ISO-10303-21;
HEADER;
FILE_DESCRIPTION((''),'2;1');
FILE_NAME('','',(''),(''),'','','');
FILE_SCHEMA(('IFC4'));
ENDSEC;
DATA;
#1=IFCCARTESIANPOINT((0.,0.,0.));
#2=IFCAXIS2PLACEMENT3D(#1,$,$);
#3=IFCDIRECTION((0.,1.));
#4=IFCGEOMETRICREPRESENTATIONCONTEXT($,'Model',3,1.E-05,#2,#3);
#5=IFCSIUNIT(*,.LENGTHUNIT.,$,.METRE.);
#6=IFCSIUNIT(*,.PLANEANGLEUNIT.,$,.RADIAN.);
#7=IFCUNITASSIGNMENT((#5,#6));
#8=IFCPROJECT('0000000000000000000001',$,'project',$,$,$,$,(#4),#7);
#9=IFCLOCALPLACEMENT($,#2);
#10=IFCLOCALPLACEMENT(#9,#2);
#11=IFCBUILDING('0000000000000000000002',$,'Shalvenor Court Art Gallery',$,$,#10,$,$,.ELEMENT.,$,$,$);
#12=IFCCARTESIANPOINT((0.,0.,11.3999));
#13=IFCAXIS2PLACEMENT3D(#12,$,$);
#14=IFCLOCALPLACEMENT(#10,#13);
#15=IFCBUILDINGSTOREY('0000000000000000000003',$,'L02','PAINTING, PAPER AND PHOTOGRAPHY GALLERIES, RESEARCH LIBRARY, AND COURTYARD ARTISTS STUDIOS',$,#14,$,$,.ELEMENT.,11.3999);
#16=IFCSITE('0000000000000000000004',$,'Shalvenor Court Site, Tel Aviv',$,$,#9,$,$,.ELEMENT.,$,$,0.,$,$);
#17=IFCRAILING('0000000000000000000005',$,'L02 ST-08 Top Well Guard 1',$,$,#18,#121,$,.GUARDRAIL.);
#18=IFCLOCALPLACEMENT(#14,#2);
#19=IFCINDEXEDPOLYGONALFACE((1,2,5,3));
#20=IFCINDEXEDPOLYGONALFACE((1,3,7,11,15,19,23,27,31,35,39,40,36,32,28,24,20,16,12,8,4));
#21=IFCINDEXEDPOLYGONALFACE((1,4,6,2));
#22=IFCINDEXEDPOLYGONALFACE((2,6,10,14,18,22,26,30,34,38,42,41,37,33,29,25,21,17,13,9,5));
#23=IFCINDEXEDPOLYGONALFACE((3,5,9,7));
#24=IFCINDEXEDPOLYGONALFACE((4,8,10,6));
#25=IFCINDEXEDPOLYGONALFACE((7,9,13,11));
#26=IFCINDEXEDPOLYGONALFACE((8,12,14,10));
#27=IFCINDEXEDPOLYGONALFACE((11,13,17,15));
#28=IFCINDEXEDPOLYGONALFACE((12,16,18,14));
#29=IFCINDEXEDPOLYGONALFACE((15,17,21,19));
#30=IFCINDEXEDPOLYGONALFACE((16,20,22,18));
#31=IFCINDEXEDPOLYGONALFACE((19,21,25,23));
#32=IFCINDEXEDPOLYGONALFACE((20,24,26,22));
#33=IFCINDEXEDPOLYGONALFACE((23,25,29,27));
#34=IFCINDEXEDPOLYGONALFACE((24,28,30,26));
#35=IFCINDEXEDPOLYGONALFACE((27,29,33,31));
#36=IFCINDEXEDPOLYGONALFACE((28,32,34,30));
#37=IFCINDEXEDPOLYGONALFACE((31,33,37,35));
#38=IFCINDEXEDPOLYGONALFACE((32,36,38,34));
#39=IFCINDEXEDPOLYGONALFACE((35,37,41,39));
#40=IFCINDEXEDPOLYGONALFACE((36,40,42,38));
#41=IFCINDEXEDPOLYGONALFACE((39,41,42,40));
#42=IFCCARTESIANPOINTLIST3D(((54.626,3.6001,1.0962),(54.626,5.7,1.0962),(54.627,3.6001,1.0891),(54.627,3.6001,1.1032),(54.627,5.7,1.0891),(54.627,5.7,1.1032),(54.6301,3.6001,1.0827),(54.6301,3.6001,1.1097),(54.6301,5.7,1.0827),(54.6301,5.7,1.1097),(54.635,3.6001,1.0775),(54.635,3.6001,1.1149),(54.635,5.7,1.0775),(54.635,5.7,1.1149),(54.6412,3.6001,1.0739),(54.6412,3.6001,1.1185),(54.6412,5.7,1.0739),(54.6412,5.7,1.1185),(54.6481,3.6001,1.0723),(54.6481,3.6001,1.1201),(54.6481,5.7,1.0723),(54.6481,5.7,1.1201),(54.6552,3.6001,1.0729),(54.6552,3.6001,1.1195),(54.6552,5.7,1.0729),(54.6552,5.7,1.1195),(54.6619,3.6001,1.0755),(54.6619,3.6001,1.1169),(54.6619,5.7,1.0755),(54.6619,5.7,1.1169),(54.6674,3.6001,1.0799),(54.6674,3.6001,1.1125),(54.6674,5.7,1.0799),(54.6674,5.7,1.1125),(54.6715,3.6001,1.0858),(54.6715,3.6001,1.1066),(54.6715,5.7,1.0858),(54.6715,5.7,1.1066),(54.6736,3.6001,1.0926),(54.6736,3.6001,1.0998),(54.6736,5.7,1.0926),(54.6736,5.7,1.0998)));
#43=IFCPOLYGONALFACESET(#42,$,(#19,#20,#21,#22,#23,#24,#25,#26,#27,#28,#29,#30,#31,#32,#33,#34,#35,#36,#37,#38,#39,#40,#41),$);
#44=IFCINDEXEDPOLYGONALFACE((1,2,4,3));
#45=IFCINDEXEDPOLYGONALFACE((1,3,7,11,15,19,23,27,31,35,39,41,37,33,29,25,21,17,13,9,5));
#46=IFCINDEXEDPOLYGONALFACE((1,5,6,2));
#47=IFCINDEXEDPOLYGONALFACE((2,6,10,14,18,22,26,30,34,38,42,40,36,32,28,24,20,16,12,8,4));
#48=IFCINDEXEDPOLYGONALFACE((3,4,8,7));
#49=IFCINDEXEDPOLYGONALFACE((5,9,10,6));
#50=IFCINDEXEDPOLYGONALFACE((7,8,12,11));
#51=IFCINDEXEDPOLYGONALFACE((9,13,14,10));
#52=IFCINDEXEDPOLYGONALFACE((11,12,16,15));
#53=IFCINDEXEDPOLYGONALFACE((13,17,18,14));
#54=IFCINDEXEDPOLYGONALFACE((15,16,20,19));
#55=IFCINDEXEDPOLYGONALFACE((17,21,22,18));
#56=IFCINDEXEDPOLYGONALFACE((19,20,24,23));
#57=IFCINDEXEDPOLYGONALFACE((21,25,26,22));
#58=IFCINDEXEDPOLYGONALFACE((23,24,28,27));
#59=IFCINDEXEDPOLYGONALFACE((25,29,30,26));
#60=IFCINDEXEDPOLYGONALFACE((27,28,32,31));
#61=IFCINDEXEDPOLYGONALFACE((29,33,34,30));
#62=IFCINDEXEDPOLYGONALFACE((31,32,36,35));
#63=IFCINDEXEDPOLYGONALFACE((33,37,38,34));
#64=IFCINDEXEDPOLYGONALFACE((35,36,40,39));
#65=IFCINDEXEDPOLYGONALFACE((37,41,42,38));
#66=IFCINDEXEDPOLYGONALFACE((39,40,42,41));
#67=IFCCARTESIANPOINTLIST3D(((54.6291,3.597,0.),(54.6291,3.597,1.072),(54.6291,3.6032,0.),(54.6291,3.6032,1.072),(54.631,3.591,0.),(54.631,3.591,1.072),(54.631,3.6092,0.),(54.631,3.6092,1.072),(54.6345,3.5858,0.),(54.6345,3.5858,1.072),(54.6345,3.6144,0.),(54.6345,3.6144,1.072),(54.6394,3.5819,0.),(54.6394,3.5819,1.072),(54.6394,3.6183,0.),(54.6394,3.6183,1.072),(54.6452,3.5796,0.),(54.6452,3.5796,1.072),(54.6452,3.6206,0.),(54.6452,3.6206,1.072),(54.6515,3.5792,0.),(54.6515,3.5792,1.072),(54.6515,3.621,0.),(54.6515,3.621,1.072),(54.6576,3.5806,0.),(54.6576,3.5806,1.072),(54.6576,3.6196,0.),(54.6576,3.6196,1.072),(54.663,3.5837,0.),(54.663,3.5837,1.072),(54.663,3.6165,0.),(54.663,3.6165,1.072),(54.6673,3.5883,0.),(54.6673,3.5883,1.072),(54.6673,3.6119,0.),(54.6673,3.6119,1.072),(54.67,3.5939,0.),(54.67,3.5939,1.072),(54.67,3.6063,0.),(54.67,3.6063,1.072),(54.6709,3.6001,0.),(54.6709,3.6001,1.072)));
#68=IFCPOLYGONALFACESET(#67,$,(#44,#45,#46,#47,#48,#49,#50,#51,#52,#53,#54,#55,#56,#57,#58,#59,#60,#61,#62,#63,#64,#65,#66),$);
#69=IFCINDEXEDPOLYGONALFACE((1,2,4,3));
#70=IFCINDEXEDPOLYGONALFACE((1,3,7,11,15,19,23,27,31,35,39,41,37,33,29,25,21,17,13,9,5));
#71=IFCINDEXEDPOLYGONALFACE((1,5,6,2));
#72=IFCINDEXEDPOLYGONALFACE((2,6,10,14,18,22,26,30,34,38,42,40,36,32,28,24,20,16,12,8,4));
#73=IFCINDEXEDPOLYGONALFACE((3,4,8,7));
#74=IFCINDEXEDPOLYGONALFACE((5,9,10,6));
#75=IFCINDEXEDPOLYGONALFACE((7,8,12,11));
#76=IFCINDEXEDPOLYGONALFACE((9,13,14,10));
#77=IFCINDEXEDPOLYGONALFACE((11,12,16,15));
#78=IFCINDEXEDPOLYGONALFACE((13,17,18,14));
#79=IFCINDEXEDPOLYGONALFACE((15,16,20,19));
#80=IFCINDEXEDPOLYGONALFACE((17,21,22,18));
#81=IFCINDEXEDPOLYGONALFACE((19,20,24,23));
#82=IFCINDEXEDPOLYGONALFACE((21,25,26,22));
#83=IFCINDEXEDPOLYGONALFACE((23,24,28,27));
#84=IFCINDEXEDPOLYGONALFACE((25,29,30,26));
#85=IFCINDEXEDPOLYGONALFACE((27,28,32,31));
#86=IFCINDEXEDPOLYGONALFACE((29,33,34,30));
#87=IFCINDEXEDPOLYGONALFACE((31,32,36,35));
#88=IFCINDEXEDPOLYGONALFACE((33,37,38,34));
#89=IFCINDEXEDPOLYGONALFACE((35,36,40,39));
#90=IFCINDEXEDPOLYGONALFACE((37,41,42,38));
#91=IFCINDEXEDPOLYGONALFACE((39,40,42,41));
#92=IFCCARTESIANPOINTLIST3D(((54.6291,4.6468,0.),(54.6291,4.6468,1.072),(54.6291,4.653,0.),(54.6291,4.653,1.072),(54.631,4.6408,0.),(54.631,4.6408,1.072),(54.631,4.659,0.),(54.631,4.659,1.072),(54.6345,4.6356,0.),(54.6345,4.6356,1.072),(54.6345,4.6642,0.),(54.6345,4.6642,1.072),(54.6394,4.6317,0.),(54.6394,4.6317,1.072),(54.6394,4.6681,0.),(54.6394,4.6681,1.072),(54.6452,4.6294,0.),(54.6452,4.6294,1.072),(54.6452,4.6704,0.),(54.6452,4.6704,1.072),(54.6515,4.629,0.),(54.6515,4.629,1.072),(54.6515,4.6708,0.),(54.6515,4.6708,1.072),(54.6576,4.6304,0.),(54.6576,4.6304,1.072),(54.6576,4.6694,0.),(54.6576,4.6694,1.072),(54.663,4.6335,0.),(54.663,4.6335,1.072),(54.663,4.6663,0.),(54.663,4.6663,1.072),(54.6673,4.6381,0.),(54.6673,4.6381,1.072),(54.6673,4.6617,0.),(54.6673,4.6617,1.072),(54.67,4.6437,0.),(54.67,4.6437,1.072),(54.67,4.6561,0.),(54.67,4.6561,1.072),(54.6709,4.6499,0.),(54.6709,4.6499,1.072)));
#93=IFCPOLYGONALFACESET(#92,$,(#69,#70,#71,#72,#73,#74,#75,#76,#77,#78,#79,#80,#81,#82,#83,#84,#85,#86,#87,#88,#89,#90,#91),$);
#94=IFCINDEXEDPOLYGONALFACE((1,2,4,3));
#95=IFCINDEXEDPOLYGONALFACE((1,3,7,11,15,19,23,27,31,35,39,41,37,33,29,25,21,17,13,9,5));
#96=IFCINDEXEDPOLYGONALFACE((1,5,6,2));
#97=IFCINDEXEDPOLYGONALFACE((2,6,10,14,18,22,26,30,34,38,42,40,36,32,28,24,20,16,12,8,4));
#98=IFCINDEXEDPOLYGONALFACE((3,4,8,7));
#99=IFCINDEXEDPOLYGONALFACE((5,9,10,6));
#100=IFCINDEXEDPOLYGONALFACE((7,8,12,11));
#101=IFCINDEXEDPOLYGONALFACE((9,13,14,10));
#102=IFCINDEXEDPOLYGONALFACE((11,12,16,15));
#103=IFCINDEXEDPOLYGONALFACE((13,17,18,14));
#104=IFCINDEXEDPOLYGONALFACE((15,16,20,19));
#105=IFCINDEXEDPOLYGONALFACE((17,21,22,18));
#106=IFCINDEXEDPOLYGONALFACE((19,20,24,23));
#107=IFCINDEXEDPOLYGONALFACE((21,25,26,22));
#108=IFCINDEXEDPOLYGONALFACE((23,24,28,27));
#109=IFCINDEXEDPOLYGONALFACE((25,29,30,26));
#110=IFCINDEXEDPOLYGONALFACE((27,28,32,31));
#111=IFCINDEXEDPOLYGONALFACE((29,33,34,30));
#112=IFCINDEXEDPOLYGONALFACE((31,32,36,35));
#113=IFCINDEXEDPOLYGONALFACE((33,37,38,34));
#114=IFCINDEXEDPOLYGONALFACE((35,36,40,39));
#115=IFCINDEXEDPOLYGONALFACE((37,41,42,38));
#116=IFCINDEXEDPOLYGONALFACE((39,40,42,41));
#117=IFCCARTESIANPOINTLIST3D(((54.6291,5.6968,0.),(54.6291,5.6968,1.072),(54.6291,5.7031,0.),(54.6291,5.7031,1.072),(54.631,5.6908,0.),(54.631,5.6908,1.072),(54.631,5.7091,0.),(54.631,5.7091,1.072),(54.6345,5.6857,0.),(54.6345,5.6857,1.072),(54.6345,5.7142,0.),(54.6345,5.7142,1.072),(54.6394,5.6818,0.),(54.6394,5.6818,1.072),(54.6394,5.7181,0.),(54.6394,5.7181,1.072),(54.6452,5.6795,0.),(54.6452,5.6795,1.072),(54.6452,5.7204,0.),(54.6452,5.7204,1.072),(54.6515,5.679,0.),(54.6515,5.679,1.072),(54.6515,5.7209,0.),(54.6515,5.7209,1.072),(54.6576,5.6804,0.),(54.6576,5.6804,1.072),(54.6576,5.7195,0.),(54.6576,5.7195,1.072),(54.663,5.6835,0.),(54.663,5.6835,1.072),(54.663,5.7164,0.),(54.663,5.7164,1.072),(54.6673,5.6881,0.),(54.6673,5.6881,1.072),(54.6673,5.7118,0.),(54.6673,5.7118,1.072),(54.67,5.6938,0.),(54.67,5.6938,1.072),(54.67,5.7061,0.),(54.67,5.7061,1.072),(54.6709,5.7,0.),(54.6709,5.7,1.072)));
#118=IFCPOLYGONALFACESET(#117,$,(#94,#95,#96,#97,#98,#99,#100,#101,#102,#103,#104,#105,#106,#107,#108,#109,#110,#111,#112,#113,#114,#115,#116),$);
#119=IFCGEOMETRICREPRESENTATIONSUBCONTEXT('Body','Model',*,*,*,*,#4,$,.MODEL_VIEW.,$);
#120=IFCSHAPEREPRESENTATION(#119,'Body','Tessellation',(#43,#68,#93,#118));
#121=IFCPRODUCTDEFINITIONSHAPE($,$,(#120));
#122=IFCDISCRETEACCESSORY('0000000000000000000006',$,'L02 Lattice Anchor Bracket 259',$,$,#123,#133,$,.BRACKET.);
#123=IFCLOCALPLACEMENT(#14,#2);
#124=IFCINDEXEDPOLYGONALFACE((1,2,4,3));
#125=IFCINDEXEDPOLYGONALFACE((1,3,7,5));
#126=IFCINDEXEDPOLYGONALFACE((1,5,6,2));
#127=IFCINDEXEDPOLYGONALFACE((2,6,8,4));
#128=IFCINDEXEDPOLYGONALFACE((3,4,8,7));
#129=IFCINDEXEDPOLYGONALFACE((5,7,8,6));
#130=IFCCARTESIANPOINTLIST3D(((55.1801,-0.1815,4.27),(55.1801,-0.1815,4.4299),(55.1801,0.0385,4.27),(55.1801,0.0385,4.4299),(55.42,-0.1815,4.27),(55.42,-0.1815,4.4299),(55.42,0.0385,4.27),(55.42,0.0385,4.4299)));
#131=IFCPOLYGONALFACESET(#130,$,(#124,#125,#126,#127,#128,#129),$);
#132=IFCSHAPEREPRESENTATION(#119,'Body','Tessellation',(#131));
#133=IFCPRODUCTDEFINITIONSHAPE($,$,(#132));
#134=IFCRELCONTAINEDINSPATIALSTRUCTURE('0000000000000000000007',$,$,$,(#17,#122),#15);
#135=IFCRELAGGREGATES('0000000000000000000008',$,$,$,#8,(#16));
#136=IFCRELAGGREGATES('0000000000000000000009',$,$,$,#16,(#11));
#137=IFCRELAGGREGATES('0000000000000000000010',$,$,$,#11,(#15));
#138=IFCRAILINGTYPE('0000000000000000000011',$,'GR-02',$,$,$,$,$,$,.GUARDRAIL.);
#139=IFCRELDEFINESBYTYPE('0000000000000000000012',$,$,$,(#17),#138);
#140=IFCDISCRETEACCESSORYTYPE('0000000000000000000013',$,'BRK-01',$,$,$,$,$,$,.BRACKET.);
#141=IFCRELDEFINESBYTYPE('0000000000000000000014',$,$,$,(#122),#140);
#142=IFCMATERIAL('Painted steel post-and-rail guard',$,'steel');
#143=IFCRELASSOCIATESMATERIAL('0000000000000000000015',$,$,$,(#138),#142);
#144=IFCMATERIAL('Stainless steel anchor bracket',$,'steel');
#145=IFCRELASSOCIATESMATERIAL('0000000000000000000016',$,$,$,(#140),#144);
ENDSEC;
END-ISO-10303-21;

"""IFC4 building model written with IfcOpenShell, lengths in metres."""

from ifc_helpers import new_model, si_unit, direction, frame, origin, origin_2d, place, context, subcontext, project, spatial, rectangle, circle, extrude, material, type_object, element, save


model = new_model("IFC4")

# Units and contexts
model_context = context("Model", 3, precision=1e-05, world=origin(), true_north=direction((0.0, 1.0)))
body_context = subcontext(model_context, "Body", "Model", "MODEL_VIEW")
ifc_project = project(units=[si_unit("LENGTHUNIT", "METRE"), si_unit("PLANEANGLEUNIT", "RADIAN")], contexts=[model_context])

# Site, building, storey
site_placement = place(None, origin())
site = spatial("IfcSite", under=ifc_project, at=site_placement, Name="Shalvenor Court Site, Tel Aviv", CompositionType="ELEMENT", RefElevation=0.0)
building_placement = place(site_placement, origin())
building = spatial("IfcBuilding", under=site, at=building_placement, Name="Shalvenor Court Art Gallery", CompositionType="ELEMENT")
storey_placement = place(building_placement, frame((0.0, 0.0, 11.3999)))
storey = spatial("IfcBuildingStorey", under=building, at=storey_placement, Name="L02", Description="PAINTING, PAPER AND PHOTOGRAPHY GALLERIES, RESEARCH LIBRARY, AND COURTYARD ARTISTS STUDIOS", CompositionType="ELEMENT", Elevation=11.3999)

# Railing
ifc_material_1 = material(Name="Painted steel post-and-rail guard", Category="steel")
railing_type = type_object("IfcRailingType", Name="GR-02", PredefinedType="GUARDRAIL", material=ifc_material_1)
railing_placement = place(storey_placement, frame((54.6499, 3.6001, 0.0)))
element("IfcRailing", 1, at=railing_placement, inside=storey, type_object=railing_type, Name="L02 ST-08 Top Well Guard 1", PredefinedType="GUARDRAIL", context=body_context, shape_type="SweptSolid", body=[
    extrude(circle(Radius=0.0239, at=origin_2d()), frame((0.0, 0.0, 1.0962), z_axis=(0.0, 1.0, 0.0), x_axis=(-1.0, 0.0, 0.0)), (0.0, 0.0, 1.0), 2.0999),
    extrude(circle(Radius=0.021, at=origin_2d()), origin(), (0.0, 0.0, 1.0), 1.072),
    extrude(circle(Radius=0.021, at=origin_2d()), frame((0.0, 1.0498, 0.0)), (0.0, 0.0, 1.0), 1.072),
    extrude(circle(Radius=0.021, at=origin_2d()), frame((0.0, 2.0999, 0.0)), (0.0, 0.0, 1.0), 1.072),
])

# Discrete accessory
ifc_material_2 = material(Name="Stainless steel anchor bracket", Category="steel")
discrete_accessory_type = type_object("IfcDiscreteAccessoryType", Name="BRK-01", PredefinedType="BRACKET", material=ifc_material_2)
discrete_accessory_placement = place(storey_placement, frame((55.3, -0.0715, 4.27), z_axis=(0.0, 0.0, 1.0), x_axis=(-1.0, 0.0, 0.0)))
element("IfcDiscreteAccessory", 2, at=discrete_accessory_placement, inside=storey, type_object=discrete_accessory_type, Name="L02 Lattice Anchor Bracket 259", PredefinedType="BRACKET", context=body_context, shape_type="SweptSolid", body=[
    extrude(rectangle(XDim=0.24, YDim=0.22, at=origin_2d()), origin(), (0.0, 0.0, 1.0), 0.1599),
])

save(model, "model.ifc")
